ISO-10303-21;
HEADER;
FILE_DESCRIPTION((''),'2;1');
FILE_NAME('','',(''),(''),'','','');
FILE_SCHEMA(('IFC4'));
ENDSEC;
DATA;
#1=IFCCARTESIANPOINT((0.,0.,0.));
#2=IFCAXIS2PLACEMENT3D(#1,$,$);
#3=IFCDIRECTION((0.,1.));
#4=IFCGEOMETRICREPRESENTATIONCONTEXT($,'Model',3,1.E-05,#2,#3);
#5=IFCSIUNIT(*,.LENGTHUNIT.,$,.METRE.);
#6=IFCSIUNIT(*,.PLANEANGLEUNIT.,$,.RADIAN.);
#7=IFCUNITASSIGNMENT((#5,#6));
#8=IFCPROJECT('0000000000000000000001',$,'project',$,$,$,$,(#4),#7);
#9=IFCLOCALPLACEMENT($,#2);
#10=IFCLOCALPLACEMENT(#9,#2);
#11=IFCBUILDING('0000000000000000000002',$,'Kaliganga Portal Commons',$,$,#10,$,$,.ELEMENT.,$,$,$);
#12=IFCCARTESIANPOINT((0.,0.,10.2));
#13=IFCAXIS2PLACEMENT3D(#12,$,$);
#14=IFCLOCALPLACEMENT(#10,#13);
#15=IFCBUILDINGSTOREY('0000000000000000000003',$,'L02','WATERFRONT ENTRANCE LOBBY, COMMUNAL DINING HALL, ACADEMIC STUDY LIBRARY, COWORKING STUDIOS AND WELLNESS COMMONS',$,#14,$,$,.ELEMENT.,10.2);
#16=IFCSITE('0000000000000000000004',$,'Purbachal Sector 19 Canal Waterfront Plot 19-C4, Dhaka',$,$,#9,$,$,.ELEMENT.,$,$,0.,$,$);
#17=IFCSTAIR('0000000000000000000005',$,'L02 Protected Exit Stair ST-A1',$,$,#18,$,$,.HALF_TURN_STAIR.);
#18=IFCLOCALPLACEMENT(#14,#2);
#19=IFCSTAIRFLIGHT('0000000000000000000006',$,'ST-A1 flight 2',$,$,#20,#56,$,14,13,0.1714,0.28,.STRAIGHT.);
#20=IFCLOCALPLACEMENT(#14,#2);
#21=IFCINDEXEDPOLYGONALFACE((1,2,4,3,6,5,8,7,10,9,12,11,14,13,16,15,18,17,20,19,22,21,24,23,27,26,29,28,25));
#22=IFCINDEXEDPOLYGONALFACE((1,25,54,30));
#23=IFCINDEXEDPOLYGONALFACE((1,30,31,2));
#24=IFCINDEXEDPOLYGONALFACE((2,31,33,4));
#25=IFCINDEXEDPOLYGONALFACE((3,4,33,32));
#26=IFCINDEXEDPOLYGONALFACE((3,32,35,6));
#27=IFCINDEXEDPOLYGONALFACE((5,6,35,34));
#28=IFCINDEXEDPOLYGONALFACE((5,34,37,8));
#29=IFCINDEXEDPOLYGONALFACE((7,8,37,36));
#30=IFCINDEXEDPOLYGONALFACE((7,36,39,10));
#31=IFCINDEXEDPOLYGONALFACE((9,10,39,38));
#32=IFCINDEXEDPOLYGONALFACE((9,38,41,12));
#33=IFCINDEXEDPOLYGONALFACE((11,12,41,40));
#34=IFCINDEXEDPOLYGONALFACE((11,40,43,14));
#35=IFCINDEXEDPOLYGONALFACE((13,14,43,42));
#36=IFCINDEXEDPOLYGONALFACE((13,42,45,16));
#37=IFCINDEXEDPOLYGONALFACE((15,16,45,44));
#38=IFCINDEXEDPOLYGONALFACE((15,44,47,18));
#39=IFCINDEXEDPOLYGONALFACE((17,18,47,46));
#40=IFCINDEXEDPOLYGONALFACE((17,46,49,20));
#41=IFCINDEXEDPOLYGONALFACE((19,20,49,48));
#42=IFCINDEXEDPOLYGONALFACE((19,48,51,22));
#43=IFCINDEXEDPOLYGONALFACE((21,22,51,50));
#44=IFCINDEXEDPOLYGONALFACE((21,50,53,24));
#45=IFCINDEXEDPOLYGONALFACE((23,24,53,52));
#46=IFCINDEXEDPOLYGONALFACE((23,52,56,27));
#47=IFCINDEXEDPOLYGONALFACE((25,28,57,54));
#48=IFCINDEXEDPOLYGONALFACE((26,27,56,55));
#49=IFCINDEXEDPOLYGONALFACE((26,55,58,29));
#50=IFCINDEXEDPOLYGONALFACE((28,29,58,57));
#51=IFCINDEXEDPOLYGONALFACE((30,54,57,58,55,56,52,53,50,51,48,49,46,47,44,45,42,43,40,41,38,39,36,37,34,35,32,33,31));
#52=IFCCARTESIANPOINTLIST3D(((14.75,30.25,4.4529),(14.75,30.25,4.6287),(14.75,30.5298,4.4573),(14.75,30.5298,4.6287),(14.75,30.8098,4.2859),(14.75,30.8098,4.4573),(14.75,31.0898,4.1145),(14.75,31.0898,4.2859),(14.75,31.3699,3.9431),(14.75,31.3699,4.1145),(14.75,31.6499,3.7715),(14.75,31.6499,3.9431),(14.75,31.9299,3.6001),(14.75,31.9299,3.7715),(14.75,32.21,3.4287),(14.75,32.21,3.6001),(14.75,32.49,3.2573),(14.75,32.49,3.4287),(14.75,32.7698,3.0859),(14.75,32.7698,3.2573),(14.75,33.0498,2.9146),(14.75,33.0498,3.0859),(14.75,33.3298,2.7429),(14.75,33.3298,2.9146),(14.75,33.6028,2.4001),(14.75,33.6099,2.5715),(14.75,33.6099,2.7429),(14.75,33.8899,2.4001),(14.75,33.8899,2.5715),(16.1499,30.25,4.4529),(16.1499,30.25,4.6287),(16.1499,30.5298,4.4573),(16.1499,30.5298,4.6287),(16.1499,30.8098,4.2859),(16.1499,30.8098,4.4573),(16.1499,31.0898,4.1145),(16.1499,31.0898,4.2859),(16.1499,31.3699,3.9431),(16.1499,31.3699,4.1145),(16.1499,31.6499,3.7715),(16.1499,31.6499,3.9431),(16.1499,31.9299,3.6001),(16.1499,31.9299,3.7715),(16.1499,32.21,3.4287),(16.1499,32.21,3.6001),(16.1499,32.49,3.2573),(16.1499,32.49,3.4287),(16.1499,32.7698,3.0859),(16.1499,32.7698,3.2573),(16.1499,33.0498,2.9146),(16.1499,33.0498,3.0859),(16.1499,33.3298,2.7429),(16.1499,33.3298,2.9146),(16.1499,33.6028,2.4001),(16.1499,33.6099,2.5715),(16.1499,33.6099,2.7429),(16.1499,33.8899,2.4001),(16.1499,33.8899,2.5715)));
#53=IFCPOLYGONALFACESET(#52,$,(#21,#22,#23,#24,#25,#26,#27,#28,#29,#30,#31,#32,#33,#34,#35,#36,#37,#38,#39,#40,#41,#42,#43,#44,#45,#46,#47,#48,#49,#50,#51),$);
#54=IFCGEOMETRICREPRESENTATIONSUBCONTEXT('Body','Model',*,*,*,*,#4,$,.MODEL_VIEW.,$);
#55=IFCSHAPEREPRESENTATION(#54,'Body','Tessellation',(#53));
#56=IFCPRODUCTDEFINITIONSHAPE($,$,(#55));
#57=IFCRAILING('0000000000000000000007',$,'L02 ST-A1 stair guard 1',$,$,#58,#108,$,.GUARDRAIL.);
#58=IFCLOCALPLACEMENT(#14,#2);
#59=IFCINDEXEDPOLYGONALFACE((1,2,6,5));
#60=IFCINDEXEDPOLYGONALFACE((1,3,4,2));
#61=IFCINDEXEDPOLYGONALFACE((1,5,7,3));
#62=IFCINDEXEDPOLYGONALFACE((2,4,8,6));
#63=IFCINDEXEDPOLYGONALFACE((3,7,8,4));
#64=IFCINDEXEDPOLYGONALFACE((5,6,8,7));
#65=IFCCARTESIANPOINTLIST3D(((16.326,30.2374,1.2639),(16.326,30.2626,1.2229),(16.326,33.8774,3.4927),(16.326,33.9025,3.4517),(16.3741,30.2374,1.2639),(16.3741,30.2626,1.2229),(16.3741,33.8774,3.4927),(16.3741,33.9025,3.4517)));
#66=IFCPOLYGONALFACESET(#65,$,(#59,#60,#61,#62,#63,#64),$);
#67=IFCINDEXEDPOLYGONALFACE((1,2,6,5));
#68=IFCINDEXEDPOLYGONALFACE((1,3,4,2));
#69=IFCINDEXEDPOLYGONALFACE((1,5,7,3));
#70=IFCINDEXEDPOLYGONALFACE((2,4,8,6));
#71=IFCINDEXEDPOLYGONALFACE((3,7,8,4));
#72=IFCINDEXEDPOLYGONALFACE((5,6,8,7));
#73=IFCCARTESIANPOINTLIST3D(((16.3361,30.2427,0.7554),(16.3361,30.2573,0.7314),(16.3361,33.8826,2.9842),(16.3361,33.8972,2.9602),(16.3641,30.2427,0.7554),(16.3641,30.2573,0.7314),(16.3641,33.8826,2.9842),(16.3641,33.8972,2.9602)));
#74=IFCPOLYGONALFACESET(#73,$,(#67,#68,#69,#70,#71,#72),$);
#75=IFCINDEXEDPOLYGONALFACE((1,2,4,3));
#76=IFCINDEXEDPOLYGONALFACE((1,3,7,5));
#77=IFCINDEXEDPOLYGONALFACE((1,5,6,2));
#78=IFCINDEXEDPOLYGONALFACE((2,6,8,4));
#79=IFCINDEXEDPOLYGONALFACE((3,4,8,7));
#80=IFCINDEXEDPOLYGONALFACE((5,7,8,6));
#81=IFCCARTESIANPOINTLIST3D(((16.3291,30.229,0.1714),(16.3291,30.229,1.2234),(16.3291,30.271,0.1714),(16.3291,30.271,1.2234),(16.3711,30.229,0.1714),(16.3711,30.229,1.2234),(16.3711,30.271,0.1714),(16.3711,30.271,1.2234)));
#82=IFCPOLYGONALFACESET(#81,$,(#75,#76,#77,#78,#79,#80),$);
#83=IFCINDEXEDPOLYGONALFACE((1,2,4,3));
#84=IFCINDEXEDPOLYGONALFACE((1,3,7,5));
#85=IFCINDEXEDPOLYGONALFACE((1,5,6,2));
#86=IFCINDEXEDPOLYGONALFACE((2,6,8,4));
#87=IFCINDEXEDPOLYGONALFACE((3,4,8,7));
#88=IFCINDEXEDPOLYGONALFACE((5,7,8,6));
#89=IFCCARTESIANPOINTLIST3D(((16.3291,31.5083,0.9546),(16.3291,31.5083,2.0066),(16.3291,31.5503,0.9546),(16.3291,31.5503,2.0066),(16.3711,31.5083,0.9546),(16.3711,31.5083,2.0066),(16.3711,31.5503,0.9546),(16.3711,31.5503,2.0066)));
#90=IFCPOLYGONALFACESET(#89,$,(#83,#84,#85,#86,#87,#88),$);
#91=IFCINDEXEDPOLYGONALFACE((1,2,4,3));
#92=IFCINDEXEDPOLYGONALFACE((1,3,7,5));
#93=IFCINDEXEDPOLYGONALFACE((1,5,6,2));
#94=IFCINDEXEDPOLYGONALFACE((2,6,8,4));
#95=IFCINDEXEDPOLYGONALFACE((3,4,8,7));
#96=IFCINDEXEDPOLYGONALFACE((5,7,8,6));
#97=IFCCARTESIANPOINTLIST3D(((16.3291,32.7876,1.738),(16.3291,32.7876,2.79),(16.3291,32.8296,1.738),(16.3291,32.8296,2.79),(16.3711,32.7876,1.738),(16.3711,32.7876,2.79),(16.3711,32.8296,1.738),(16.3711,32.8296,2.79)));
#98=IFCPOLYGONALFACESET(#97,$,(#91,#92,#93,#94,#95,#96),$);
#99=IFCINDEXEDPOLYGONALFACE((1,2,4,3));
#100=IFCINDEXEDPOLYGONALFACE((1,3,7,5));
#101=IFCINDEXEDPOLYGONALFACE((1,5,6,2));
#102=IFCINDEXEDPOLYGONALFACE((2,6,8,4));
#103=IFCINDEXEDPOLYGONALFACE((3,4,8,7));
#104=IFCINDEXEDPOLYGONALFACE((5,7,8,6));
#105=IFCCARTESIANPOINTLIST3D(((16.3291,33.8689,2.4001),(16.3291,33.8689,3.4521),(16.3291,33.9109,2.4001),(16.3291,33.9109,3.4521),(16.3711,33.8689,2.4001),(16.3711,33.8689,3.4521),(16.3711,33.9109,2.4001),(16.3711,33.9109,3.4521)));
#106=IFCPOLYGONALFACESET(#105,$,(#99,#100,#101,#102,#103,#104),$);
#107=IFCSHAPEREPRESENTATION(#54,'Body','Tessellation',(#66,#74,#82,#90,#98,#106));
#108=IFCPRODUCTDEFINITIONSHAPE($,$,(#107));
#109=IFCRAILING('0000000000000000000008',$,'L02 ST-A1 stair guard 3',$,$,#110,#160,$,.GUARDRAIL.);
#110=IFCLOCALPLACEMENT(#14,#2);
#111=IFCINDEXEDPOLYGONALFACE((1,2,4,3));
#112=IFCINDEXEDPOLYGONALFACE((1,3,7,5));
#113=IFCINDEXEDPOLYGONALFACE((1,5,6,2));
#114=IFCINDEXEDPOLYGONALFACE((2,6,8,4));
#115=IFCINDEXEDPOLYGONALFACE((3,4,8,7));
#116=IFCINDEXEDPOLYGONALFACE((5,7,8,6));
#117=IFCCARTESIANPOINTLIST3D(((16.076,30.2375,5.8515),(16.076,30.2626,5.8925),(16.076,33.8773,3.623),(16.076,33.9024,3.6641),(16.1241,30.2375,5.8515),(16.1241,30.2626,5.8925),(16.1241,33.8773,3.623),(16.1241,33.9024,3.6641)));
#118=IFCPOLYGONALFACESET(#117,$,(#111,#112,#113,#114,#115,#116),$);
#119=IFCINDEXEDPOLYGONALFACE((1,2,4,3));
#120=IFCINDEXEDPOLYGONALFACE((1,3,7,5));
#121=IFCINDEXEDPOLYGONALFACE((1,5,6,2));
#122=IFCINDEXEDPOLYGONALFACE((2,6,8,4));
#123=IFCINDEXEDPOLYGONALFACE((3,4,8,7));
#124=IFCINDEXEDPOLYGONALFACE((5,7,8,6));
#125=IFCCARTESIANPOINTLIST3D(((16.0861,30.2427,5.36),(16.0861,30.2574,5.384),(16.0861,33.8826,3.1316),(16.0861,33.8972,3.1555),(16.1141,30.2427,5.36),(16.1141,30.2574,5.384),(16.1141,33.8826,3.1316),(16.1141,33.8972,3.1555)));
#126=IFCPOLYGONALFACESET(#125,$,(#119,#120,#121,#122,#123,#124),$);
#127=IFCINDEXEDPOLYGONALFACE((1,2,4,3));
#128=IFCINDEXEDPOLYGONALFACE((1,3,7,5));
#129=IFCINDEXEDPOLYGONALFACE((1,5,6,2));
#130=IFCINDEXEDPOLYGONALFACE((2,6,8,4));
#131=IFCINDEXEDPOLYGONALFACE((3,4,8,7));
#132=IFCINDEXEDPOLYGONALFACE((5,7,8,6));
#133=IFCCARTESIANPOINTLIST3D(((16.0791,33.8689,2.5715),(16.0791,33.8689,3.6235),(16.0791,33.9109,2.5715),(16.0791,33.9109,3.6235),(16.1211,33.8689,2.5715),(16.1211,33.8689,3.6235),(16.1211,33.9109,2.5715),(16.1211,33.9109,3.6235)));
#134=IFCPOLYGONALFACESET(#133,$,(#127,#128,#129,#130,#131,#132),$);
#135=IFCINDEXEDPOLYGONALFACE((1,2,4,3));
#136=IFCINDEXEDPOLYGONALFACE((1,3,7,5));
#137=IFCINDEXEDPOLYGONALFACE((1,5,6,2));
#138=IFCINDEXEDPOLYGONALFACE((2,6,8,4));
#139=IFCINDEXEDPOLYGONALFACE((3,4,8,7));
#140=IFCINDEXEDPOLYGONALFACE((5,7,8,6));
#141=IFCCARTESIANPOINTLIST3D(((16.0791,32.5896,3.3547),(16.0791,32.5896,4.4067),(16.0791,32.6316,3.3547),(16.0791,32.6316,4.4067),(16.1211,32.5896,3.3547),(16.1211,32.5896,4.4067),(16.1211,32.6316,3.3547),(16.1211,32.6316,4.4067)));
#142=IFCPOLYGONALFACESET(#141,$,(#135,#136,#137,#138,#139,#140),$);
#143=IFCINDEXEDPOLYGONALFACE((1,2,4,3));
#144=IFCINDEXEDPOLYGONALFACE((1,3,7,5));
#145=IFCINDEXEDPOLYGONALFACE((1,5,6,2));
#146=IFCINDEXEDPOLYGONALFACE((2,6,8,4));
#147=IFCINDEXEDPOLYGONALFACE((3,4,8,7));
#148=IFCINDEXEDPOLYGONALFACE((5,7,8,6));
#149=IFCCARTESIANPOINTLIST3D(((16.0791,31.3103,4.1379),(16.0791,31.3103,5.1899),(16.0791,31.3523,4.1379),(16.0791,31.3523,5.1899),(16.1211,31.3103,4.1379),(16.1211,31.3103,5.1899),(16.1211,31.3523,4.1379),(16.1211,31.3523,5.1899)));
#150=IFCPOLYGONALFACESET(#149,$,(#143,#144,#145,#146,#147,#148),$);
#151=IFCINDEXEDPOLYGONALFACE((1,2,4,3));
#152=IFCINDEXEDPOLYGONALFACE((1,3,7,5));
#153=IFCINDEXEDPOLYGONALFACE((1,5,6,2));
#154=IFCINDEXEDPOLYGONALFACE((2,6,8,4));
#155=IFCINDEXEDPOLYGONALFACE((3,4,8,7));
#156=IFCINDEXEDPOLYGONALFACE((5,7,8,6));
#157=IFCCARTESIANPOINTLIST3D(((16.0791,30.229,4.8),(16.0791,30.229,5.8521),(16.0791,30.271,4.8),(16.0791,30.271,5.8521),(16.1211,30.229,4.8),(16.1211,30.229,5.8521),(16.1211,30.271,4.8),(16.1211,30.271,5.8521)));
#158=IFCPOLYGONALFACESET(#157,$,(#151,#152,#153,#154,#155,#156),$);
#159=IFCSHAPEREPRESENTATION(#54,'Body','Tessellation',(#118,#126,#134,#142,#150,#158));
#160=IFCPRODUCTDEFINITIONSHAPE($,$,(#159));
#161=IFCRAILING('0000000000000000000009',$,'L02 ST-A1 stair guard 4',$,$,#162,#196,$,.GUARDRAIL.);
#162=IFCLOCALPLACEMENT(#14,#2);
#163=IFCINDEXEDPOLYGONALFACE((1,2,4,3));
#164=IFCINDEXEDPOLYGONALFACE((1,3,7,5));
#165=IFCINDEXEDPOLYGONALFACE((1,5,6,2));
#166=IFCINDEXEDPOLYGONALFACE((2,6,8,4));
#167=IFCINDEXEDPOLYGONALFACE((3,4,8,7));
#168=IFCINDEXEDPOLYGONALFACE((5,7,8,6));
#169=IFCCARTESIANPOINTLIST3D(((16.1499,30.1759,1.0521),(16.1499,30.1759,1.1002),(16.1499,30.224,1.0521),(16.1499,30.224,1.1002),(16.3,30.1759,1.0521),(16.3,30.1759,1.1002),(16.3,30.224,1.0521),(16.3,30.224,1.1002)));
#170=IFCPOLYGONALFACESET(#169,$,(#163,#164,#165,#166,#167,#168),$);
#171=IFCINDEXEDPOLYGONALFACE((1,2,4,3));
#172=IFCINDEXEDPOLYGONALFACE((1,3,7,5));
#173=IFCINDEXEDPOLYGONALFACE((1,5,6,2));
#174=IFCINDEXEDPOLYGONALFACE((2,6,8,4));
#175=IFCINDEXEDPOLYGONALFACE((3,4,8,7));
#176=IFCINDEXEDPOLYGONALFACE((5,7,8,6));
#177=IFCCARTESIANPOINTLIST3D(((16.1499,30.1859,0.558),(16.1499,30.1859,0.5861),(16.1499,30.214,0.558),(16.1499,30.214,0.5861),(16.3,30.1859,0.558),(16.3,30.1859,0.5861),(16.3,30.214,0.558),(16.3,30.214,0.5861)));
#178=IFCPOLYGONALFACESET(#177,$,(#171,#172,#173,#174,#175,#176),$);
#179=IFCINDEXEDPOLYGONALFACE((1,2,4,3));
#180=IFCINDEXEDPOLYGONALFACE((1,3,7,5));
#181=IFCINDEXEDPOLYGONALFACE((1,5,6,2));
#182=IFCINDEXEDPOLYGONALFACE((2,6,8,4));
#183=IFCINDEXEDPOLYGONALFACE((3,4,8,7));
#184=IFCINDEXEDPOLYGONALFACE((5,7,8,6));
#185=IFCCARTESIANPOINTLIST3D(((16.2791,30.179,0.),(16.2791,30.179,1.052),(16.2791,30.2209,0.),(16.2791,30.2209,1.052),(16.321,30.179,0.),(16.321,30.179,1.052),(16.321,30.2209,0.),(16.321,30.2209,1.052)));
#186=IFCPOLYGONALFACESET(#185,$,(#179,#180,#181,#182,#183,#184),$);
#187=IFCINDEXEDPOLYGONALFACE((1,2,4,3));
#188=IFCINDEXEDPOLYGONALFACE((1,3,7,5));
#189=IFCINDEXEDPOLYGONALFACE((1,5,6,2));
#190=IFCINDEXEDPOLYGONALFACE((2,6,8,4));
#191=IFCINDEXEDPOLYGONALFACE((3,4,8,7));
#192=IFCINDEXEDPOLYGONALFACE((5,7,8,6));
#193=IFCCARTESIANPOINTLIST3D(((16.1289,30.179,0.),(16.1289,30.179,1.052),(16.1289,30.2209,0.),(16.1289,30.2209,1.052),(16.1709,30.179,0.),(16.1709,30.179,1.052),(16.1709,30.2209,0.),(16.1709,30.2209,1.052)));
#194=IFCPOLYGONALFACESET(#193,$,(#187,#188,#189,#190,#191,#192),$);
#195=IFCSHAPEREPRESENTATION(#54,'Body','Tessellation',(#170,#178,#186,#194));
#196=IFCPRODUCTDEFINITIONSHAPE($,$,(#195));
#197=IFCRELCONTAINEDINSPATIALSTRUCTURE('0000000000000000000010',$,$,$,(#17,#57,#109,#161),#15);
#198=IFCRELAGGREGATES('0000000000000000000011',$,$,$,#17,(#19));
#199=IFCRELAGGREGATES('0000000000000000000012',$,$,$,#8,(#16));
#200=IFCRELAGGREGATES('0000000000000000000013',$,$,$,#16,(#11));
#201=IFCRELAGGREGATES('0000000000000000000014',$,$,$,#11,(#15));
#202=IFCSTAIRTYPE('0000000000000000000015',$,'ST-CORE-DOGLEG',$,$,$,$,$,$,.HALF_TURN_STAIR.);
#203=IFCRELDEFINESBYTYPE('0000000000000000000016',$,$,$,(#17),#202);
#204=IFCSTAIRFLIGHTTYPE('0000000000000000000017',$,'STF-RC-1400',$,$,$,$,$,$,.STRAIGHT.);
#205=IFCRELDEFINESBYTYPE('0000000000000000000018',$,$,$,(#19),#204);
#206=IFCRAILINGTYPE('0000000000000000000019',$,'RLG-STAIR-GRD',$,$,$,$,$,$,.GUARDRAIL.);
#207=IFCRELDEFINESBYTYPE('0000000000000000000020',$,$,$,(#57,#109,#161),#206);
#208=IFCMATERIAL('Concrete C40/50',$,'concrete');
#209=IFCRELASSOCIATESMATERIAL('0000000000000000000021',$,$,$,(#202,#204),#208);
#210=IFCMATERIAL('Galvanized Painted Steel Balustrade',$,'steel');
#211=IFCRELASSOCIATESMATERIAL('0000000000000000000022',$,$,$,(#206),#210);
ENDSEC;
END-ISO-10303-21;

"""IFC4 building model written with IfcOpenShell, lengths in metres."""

from ifc_helpers import new_model, si_unit, direction, frame, origin, origin_2d, place, context, subcontext, project, spatial, polyline, rectangle, outline, extrude, material, type_object, element, aggregate, save


model = new_model("IFC4")

# Units and contexts
model_context = context("Model", 3, precision=1e-05, world=origin(), true_north=direction((0.0, 1.0)))
body_context = subcontext(model_context, "Body", "Model", "MODEL_VIEW")
ifc_project = project(units=[si_unit("LENGTHUNIT", "METRE"), si_unit("PLANEANGLEUNIT", "RADIAN")], contexts=[model_context])

# Site, building, storey
site_placement = place(None, origin())
site = spatial("IfcSite", under=ifc_project, at=site_placement, Name="Purbachal Sector 19 Canal Waterfront Plot 19-C4, Dhaka", CompositionType="ELEMENT", RefElevation=0.0)
building_placement = place(site_placement, origin())
building = spatial("IfcBuilding", under=site, at=building_placement, Name="Kaliganga Portal Commons", CompositionType="ELEMENT")
storey_placement = place(building_placement, frame((0.0, 0.0, 10.2)))
storey = spatial("IfcBuildingStorey", under=building, at=storey_placement, Name="L02", Description="WATERFRONT ENTRANCE LOBBY, COMMUNAL DINING HALL, ACADEMIC STUDY LIBRARY, COWORKING STUDIOS AND WELLNESS COMMONS", CompositionType="ELEMENT", Elevation=10.2)

# Stair, stair flight
ifc_material_1 = material(Name="Concrete C40/50", Category="concrete")
stair_type = type_object("IfcStairType", Name="ST-CORE-DOGLEG", PredefinedType="HALF_TURN_STAIR", material=ifc_material_1)
stair_placement = place(storey_placement, origin())
stair = element("IfcStair", 1, at=stair_placement, inside=storey, type_object=stair_type, Name="L02 Protected Exit Stair ST-A1", PredefinedType="HALF_TURN_STAIR")
stair_flight_type = type_object("IfcStairFlightType", Name="STF-RC-1400", PredefinedType="STRAIGHT", material=ifc_material_1)
stair_flight_1_placement = place(storey_placement, frame((15.45, 33.8899, 2.4001), z_axis=(0.0, 0.0, 1.0), x_axis=(0.0, -1.0, 0.0)))
stair_flight_1 = element("IfcStairFlight", 2, at=stair_flight_1_placement, type_object=stair_flight_type, Name="ST-A1 flight 2", NumberOfRisers=14, NumberOfTreads=13, PredefinedType="STRAIGHT", RiserHeight=0.1714, TreadLength=0.28, context=body_context, shape_type="SweptSolid", body=[
    extrude(outline(polyline([(0.0, 0.0), (0.0, 0.1714), (0.28, 0.1714), (0.28, 0.3428), (0.5601, 0.3428), (0.5601, 0.5144), (0.8401, 0.5144), (0.8401, 0.6858), (1.1201, 0.6858), (1.1201, 0.8572), (1.3999, 0.8572), (1.3999, 1.0286), (1.6799, 1.0286), (1.6799, 1.2), (1.96, 1.2), (1.96, 1.3713), (2.24, 1.3713), (2.24, 1.543), (2.52, 1.543), (2.52, 1.7144), (2.8, 1.7144), (2.8, 1.8857), (3.0801, 1.8857), (3.0801, 2.0571), (3.3601, 2.0571), (3.3601, 2.2285), (3.6399, 2.2285), (3.6399, 2.3999), (3.6399, 2.0527), (0.2871, 0.0), (0.0, 0.0)])), frame((0.0, 0.7, 0.0), z_axis=(0.0, -1.0, 0.0), x_axis=(1.0, 0.0, 0.0)), (0.0, 0.0, 1.0), 1.3999),
])
aggregate(stair, [stair_flight_1])

# Railings
ifc_material_2 = material(Name="Galvanized Painted Steel Balustrade", Category="steel")
railing_type_1 = type_object("IfcRailingType", Name="RLG-STAIR-GRD", PredefinedType="GUARDRAIL", material=ifc_material_2)
railing_1_placement = place(storey_placement, frame((16.3501, 30.25, 0.1714)))
element("IfcRailing", 3, at=railing_1_placement, inside=storey, type_object=railing_type_1, Name="L02 ST-A1 stair guard 1", PredefinedType="GUARDRAIL", context=body_context, shape_type="SweptSolid", body=[
    extrude(rectangle(XDim=0.0481, YDim=0.0481, at=origin_2d()), frame((0.0, 0.0, 1.072), z_axis=(0.0, 0.852825, 0.522197), x_axis=(-1.0, 0.0, 0.0)), (0.0, 0.0, 1.0), 4.2681),
    extrude(rectangle(XDim=0.0281, YDim=0.0281, at=origin_2d()), frame((0.0, 0.0, 0.572), z_axis=(0.0, 0.852825, 0.522197), x_axis=(-1.0, 0.0, 0.0)), (0.0, 0.0, 1.0), 4.2681),
    extrude(rectangle(XDim=0.042, YDim=0.042, at=origin_2d()), origin(), (0.0, 0.0, 1.0), 1.052),
    extrude(rectangle(XDim=0.042, YDim=0.042, at=origin_2d()), frame((0.0, 1.2793, 0.7832)), (0.0, 0.0, 1.0), 1.052),
    extrude(rectangle(XDim=0.042, YDim=0.042, at=origin_2d()), frame((0.0, 2.5586, 1.5667)), (0.0, 0.0, 1.0), 1.052),
    extrude(rectangle(XDim=0.042, YDim=0.042, at=origin_2d()), frame((0.0, 3.6399, 2.2288)), (0.0, 0.0, 1.0), 1.052),
])
railing_2_placement = place(storey_placement, frame((16.1001, 33.8899, 2.5715)))
element("IfcRailing", 4, at=railing_2_placement, inside=storey, type_object=railing_type_1, Name="L02 ST-A1 stair guard 3", PredefinedType="GUARDRAIL", context=body_context, shape_type="SweptSolid", body=[
    extrude(rectangle(XDim=0.0481, YDim=0.0481, at=origin_2d()), frame((0.0, 0.0, 1.072), z_axis=(0.0, -0.85285, 0.522156), x_axis=(1.0, 0.0, 0.0)), (0.0, 0.0, 1.0), 4.2678),
    extrude(rectangle(XDim=0.0281, YDim=0.0281, at=origin_2d()), frame((0.0, 0.0, 0.572), z_axis=(0.0, -0.85285, 0.522156), x_axis=(1.0, 0.0, 0.0)), (0.0, 0.0, 1.0), 4.2678),
    extrude(rectangle(XDim=0.042, YDim=0.042, at=origin_2d()), origin(), (0.0, 0.0, 1.0), 1.052),
    extrude(rectangle(XDim=0.042, YDim=0.042, at=origin_2d()), frame((0.0, -1.2793, 0.7832)), (0.0, 0.0, 1.0), 1.052),
    extrude(rectangle(XDim=0.042, YDim=0.042, at=origin_2d()), frame((0.0, -2.5586, 1.5664)), (0.0, 0.0, 1.0), 1.052),
    extrude(rectangle(XDim=0.042, YDim=0.042, at=origin_2d()), frame((0.0, -3.6399, 2.2285)), (0.0, 0.0, 1.0), 1.052),
])
railing_3_placement = place(storey_placement, frame((16.3, 30.2, 0.0)))
element("IfcRailing", 5, at=railing_3_placement, inside=storey, type_object=railing_type_1, Name="L02 ST-A1 stair guard 4", PredefinedType="GUARDRAIL", context=body_context, shape_type="SweptSolid", body=[
    extrude(rectangle(XDim=0.0481, YDim=0.0481, at=origin_2d()), frame((0.0, 0.0, 1.0762), z_axis=(-1.0, 0.0, 0.0), x_axis=(0.0, -1.0, 0.0)), (0.0, 0.0, 1.0), 0.1501),
    extrude(rectangle(XDim=0.0281, YDim=0.0281, at=origin_2d()), frame((0.0, 0.0, 0.572), z_axis=(-1.0, 0.0, 0.0), x_axis=(0.0, -1.0, 0.0)), (0.0, 0.0, 1.0), 0.1501),
    extrude(rectangle(XDim=0.042, YDim=0.042, at=origin_2d()), origin(), (0.0, 0.0, 1.0), 1.052),
    extrude(rectangle(XDim=0.042, YDim=0.042, at=origin_2d()), frame((-0.1501, 0.0, 0.0)), (0.0, 0.0, 1.0), 1.052),
])

save(model, "model.ifc")
